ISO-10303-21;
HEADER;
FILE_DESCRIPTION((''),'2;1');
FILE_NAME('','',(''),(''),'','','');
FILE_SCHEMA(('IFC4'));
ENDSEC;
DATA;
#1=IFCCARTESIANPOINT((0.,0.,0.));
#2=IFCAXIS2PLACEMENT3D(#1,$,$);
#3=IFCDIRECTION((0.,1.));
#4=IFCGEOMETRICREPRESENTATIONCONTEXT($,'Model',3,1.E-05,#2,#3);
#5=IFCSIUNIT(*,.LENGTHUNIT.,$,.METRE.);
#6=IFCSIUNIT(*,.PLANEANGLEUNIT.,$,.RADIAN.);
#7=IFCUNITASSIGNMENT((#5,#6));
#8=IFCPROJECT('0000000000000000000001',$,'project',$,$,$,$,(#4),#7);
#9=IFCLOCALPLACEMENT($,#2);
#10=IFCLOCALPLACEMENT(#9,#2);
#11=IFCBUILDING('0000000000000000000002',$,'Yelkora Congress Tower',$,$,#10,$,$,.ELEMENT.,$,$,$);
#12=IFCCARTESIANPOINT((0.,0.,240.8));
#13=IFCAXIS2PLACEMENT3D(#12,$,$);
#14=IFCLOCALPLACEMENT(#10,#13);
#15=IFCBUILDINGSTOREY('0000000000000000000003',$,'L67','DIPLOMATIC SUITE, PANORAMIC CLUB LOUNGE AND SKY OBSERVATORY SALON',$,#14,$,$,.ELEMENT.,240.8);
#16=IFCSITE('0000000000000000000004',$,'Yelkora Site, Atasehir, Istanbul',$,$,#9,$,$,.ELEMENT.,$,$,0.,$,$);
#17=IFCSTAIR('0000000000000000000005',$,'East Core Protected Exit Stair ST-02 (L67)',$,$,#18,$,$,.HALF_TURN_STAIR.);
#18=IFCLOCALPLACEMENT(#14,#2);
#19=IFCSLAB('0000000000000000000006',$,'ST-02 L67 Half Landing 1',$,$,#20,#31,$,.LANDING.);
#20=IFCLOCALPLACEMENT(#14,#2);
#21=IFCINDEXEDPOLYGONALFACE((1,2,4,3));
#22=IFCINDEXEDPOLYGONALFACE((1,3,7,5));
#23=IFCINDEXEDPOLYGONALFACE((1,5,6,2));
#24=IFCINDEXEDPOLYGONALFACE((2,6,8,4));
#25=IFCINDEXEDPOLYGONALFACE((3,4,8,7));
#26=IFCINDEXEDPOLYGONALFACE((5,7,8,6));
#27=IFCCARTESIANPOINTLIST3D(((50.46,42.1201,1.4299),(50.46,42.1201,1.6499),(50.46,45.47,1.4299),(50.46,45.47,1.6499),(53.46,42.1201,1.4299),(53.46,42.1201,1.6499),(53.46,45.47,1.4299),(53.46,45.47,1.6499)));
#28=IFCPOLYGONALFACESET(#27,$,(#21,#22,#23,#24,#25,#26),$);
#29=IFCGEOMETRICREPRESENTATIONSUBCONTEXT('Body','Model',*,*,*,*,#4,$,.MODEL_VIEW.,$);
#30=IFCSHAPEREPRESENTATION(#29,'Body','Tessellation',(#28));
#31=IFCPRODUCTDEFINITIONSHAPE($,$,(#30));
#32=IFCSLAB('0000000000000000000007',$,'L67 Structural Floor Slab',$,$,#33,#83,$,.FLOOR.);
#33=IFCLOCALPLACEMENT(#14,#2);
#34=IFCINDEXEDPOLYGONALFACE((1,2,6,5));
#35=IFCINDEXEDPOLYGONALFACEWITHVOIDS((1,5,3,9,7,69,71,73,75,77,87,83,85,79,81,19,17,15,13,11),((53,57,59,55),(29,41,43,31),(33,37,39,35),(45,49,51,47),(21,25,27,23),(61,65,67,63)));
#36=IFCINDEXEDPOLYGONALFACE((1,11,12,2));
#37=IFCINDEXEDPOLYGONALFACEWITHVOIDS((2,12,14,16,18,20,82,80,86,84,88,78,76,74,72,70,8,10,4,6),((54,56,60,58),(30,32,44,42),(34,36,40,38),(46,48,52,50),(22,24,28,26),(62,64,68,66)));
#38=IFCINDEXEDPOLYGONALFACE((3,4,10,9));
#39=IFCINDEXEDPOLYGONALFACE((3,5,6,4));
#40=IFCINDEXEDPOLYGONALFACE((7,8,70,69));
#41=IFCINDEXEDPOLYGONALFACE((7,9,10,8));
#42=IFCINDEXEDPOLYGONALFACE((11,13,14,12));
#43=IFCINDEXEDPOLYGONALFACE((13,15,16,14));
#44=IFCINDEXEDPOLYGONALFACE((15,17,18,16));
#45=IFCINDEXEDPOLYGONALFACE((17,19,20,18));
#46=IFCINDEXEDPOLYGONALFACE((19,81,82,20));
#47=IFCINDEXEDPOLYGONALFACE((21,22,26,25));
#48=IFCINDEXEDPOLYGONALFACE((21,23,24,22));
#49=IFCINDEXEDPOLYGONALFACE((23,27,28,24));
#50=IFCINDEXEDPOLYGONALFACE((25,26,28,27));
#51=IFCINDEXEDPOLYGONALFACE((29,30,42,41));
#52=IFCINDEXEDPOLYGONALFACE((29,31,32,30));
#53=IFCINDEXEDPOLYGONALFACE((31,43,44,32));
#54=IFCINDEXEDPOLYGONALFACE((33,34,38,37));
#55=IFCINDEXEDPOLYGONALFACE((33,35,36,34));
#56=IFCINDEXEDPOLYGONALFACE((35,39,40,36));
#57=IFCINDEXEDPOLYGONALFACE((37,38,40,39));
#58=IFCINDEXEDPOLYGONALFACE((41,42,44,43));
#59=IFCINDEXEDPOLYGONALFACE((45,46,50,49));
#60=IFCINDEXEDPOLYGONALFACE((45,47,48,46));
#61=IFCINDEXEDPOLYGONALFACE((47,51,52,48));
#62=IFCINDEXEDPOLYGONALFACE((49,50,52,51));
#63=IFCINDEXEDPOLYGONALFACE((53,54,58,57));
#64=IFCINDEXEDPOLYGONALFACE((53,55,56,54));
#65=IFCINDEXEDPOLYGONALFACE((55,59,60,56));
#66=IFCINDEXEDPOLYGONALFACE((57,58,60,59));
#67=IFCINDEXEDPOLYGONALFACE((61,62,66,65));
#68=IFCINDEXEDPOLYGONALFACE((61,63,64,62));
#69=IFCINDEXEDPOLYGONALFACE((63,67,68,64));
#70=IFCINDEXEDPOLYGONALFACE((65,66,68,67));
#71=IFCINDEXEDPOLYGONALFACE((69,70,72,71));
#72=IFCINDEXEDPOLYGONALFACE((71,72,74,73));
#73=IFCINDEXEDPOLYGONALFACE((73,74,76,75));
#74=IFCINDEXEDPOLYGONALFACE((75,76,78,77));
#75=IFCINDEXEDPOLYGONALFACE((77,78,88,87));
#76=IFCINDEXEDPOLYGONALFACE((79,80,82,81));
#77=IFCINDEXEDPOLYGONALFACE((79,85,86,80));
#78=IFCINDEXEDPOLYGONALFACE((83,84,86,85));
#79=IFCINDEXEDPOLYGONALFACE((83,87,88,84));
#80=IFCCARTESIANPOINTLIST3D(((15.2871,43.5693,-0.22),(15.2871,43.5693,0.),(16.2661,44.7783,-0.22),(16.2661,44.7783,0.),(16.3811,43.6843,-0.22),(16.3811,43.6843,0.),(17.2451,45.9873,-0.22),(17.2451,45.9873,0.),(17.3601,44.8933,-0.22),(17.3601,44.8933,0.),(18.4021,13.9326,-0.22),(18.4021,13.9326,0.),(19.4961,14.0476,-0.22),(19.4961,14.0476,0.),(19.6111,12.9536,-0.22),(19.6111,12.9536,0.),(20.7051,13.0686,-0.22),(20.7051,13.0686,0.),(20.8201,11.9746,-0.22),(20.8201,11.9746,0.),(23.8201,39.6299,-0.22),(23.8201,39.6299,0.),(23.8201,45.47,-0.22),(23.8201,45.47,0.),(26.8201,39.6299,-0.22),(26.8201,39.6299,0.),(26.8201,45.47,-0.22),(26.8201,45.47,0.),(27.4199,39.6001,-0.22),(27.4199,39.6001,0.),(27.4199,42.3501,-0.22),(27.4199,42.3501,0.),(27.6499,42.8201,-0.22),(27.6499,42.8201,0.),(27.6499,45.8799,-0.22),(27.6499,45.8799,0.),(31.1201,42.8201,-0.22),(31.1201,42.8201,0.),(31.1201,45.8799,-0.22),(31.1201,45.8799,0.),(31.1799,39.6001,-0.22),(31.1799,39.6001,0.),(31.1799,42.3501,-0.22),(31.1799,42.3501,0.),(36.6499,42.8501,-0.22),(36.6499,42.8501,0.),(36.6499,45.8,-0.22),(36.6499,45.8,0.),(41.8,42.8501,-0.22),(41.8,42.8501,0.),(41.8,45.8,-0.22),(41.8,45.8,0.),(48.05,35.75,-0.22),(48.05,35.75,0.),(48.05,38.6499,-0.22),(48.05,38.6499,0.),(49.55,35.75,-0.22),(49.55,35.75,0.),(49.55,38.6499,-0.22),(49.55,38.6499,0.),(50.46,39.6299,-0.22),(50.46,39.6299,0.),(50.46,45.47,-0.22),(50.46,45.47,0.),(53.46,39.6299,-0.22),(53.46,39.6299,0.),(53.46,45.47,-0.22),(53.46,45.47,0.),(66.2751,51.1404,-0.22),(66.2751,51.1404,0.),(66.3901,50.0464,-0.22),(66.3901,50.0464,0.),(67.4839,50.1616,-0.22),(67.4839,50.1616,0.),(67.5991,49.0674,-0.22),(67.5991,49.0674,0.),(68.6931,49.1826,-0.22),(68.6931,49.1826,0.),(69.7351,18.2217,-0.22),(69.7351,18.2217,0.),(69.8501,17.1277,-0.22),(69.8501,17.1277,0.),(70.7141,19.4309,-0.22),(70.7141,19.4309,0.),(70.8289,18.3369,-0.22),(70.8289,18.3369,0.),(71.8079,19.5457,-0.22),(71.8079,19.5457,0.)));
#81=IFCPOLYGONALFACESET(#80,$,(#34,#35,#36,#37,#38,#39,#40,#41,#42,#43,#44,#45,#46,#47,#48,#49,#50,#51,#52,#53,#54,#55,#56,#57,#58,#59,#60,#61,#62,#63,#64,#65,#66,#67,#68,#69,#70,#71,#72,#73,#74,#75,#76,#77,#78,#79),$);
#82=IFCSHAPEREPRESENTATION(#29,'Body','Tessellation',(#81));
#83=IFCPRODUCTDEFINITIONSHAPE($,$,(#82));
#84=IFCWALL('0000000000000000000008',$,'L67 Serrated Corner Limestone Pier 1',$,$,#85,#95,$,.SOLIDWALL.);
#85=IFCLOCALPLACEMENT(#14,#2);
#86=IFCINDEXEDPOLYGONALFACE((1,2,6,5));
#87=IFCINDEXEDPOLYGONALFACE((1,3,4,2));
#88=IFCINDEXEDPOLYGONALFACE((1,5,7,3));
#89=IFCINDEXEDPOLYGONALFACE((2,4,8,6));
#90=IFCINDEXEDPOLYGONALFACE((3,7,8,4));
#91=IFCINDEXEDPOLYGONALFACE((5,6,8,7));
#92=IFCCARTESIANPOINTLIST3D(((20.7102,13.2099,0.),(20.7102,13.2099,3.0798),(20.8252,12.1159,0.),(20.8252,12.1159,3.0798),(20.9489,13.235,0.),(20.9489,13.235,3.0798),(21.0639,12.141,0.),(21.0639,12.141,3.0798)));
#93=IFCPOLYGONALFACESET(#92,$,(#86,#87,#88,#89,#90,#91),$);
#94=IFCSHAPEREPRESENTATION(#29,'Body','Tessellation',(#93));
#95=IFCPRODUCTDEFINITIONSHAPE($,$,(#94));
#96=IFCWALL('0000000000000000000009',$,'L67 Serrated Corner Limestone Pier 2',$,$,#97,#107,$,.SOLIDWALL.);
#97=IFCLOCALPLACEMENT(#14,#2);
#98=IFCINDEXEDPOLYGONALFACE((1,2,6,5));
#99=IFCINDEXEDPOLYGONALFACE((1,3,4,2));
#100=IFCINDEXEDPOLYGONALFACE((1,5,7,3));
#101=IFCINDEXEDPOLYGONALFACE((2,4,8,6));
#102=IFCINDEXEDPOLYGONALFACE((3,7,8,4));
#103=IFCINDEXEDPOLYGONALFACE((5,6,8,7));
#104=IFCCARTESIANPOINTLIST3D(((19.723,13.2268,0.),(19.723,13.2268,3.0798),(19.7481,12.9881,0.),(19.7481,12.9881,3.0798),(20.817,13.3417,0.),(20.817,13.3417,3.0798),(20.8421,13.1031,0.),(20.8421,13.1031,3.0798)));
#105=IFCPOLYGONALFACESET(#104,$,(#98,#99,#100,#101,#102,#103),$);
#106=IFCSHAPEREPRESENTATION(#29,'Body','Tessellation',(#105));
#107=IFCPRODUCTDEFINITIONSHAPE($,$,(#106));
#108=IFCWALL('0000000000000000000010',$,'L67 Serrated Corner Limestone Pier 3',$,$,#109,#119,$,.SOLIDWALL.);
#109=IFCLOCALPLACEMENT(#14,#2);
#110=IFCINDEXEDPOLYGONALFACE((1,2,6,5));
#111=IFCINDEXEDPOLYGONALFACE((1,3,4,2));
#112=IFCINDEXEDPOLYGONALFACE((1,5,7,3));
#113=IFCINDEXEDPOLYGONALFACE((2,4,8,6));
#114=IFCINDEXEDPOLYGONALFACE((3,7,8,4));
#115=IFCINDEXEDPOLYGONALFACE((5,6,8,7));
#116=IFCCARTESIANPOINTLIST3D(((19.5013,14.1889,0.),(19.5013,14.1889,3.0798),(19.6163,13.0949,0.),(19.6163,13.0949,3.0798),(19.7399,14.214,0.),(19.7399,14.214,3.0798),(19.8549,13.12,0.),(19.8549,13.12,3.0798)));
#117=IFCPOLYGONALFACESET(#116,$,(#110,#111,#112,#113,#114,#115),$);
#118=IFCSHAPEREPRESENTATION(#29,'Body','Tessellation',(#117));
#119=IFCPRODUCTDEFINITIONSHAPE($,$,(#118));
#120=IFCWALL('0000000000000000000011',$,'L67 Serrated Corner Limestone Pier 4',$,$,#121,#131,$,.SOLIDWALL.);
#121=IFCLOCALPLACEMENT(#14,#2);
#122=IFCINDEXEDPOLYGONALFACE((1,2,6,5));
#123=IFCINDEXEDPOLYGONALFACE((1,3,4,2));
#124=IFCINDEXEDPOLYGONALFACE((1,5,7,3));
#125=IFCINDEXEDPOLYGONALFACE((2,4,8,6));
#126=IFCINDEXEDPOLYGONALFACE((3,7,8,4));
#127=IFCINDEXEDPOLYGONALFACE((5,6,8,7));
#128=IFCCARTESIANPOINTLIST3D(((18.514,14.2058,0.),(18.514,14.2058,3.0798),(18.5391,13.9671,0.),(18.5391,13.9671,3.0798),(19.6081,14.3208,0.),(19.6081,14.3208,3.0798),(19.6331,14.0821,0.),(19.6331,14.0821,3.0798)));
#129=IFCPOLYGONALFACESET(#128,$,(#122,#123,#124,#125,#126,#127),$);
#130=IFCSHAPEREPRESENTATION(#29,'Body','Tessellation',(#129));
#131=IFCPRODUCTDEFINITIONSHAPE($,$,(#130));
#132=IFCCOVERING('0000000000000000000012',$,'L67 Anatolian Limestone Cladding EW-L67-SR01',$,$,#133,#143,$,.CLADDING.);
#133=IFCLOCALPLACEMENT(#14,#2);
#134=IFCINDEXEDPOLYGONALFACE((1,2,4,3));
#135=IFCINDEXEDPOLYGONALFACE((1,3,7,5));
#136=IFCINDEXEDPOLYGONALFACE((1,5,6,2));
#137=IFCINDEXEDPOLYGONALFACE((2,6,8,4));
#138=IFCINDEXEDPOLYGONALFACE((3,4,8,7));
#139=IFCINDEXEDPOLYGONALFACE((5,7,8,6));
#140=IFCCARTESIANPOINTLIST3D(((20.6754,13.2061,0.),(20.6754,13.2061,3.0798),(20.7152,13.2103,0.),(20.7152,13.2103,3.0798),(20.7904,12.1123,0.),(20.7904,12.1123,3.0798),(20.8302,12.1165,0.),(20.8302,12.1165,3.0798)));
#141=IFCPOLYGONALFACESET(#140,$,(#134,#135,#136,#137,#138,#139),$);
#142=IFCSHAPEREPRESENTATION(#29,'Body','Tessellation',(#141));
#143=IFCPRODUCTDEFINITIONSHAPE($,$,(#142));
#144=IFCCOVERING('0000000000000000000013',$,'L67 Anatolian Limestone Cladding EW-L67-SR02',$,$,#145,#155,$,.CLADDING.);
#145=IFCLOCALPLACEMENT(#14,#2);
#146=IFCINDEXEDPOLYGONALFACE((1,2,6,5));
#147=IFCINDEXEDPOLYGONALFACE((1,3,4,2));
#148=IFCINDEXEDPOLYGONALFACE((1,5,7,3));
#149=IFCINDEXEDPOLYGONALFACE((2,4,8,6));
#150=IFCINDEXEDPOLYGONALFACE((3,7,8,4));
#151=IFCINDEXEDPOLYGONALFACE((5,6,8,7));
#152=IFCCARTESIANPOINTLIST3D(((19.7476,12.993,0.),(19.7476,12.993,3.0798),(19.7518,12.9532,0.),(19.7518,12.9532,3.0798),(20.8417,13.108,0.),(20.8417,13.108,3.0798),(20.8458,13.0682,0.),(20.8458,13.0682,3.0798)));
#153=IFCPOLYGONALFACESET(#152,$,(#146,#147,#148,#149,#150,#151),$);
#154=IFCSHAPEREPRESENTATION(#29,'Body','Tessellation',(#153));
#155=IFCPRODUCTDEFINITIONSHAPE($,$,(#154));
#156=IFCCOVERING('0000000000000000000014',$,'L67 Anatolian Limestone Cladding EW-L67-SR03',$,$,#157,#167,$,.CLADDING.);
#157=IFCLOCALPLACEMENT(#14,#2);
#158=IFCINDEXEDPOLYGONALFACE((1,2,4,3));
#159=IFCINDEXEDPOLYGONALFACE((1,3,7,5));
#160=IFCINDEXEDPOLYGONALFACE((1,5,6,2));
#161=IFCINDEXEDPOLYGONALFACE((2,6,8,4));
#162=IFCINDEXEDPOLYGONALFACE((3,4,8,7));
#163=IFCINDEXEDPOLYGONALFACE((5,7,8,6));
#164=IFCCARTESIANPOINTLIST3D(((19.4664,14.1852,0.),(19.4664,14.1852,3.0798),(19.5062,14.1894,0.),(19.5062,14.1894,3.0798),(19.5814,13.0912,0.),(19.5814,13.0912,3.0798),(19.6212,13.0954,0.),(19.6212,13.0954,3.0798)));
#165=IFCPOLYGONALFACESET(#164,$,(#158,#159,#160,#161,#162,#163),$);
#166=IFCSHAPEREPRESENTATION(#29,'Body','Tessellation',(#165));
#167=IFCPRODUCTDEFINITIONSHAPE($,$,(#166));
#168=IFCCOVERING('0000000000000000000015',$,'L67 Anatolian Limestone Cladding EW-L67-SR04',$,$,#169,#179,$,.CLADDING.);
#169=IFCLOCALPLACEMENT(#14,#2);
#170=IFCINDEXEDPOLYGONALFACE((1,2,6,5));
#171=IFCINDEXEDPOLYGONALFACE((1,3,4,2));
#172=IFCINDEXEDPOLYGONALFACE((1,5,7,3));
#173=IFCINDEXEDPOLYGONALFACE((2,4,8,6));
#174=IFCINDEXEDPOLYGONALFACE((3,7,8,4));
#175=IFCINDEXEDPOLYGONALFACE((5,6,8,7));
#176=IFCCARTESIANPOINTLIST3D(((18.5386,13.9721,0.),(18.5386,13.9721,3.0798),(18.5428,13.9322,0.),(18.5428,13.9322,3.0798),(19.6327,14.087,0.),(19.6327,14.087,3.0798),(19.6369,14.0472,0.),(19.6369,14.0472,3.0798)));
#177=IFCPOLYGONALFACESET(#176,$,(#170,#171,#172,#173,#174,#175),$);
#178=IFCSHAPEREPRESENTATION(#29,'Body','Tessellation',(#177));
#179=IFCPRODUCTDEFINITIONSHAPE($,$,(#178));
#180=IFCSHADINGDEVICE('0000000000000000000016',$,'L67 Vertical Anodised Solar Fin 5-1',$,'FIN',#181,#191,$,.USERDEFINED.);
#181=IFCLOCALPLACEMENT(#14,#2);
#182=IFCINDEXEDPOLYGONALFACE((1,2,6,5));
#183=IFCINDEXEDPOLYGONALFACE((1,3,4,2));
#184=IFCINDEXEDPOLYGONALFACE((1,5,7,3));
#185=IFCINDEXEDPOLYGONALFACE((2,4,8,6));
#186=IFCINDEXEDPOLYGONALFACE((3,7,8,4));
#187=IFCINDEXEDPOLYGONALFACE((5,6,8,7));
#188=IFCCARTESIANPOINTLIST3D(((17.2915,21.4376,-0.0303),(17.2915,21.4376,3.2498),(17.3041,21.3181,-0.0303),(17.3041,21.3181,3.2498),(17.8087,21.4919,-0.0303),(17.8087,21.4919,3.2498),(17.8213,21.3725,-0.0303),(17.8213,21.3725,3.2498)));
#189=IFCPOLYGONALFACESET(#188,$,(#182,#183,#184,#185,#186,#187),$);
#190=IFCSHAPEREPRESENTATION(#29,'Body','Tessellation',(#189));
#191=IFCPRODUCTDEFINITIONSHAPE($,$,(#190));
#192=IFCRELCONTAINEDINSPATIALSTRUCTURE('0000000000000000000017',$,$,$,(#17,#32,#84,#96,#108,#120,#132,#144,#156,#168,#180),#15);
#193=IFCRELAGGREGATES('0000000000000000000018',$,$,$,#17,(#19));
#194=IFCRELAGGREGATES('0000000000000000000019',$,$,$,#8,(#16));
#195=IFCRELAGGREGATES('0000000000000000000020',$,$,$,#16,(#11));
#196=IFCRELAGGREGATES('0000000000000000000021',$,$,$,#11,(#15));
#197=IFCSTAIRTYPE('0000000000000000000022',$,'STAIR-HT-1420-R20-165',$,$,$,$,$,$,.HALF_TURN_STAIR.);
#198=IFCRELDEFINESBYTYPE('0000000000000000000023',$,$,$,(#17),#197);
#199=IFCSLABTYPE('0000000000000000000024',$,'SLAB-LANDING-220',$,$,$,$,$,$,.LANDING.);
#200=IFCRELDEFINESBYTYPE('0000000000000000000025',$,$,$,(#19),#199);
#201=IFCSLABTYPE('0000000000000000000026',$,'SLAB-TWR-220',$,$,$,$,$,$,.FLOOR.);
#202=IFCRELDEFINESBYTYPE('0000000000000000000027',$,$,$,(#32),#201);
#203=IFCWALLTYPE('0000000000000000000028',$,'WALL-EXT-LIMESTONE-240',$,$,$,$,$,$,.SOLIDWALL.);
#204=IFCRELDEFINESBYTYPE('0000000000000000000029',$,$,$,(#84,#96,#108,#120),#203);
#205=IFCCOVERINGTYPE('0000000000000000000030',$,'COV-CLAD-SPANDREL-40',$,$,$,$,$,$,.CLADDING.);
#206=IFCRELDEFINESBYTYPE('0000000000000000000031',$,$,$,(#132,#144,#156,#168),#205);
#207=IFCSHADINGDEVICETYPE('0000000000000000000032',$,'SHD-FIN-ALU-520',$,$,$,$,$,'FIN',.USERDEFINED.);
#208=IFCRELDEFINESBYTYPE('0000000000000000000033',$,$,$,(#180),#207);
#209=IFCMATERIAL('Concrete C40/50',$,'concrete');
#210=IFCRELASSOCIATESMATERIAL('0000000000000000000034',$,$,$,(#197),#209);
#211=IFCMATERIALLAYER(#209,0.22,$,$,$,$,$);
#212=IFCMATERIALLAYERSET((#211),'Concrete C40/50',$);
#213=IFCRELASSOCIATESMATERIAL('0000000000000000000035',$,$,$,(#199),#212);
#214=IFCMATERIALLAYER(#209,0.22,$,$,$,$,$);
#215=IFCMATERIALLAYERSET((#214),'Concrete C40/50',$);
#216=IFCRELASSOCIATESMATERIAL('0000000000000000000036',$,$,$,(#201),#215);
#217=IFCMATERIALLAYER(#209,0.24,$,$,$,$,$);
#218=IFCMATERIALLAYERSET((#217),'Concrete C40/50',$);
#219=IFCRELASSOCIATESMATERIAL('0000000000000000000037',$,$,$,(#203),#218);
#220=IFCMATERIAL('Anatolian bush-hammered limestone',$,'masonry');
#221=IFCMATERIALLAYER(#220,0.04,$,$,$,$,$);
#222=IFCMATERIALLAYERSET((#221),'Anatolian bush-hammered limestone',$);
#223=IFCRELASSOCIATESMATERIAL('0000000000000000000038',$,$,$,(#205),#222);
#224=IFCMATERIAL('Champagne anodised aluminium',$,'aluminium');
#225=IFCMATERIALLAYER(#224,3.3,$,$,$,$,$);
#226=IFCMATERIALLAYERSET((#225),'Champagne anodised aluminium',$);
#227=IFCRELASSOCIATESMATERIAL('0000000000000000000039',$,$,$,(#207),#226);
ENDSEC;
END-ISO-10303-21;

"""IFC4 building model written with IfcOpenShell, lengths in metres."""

from ifc_helpers import new_model, si_unit, direction, frame, frame_2d, origin, origin_2d, place, context, subcontext, project, spatial, polyline, rectangle, outline, extrude, material, layer, layer_set, type_object, element, aggregate, save


model = new_model("IFC4")

# Units and contexts
model_context = context("Model", 3, precision=1e-05, world=origin(), true_north=direction((0.0, 1.0)))
body_context = subcontext(model_context, "Body", "Model", "MODEL_VIEW")
ifc_project = project(units=[si_unit("LENGTHUNIT", "METRE"), si_unit("PLANEANGLEUNIT", "RADIAN")], contexts=[model_context])

# Site, building, storey
site_placement = place(None, origin())
site = spatial("IfcSite", under=ifc_project, at=site_placement, Name="Yelkora Site, Atasehir, Istanbul", CompositionType="ELEMENT", RefElevation=0.0)
building_placement = place(site_placement, origin())
building = spatial("IfcBuilding", under=site, at=building_placement, Name="Yelkora Congress Tower", CompositionType="ELEMENT")
storey_placement = place(building_placement, frame((0.0, 0.0, 240.8)))
storey = spatial("IfcBuildingStorey", under=building, at=storey_placement, Name="L67", Description="DIPLOMATIC SUITE, PANORAMIC CLUB LOUNGE AND SKY OBSERVATORY SALON", CompositionType="ELEMENT", Elevation=240.8)

# Stair, slab
ifc_material_1 = material(Name="Concrete C40/50", Category="concrete")
stair_type = type_object("IfcStairType", Name="STAIR-HT-1420-R20-165", PredefinedType="HALF_TURN_STAIR", material=ifc_material_1)
ifc_layer_1 = layer(ifc_material_1, 0.22)
ifc_layer_set_1 = layer_set([ifc_layer_1], Name="Concrete C40/50")
slab_type_1 = type_object("IfcSlabType", Name="SLAB-LANDING-220", PredefinedType="LANDING", material=ifc_layer_set_1)
stair_1_placement = place(storey_placement, origin())
stair_1 = element("IfcStair", 1, at=stair_1_placement, inside=storey, type_object=stair_type, Name="East Core Protected Exit Stair ST-02 (L67)", PredefinedType="HALF_TURN_STAIR")
slab_1_placement = place(storey_placement, frame((0.0, 0.0, 1.4299)))
slab_1 = element("IfcSlab", 2, at=slab_1_placement, type_object=slab_type_1, Name="ST-02 L67 Half Landing 1", PredefinedType="LANDING", context=body_context, shape_type="SweptSolid", body=[
    extrude(outline(polyline([(53.46, 42.1201), (53.46, 45.47), (50.46, 45.47), (50.46, 42.1201), (53.46, 42.1201)])), origin(), (0.0, 0.0, 1.0), 0.22),
])
aggregate(stair_1, [slab_1])

# Slab
ifc_layer_2 = layer(ifc_material_1, 0.22)
ifc_layer_set_2 = layer_set([ifc_layer_2], Name="Concrete C40/50")
slab_type_2 = type_object("IfcSlabType", Name="SLAB-TWR-220", PredefinedType="FLOOR", material=ifc_layer_set_2)
slab_2_placement = place(storey_placement, frame((0.0, 0.0, -0.22)))
element("IfcSlab", 3, at=slab_2_placement, inside=storey, type_object=slab_type_2, Name="L67 Structural Floor Slab", PredefinedType="FLOOR", context=body_context, shape_type="SweptSolid", body=[
    extrude(outline(polyline([(20.8201, 11.9746), (69.8501, 17.1277), (69.7351, 18.2217), (70.8289, 18.3369), (70.7141, 19.4309), (71.8079, 19.5457), (68.6931, 49.1826), (67.5991, 49.0674), (67.4839, 50.1616), (66.3901, 50.0464), (66.2751, 51.1404), (17.2451, 45.9873), (17.3601, 44.8933), (16.2661, 44.7783), (16.3811, 43.6843), (15.2871, 43.5693), (18.4021, 13.9326), (19.4961, 14.0476), (19.6111, 12.9536), (20.7051, 13.0686), (20.8201, 11.9746)]), holes=[polyline([(23.8201, 39.6299), (26.8201, 39.6299), (26.8201, 45.47), (23.8201, 45.47), (23.8201, 39.6299)]), polyline([(50.46, 39.6299), (53.46, 39.6299), (53.46, 45.47), (50.46, 45.47), (50.46, 39.6299)]), polyline([(48.05, 35.75), (49.55, 35.75), (49.55, 38.6499), (48.05, 38.6499), (48.05, 35.75)]), polyline([(36.6499, 42.8501), (41.8, 42.8501), (41.8, 45.8), (36.6499, 45.8), (36.6499, 42.8501)]), polyline([(27.4199, 39.6001), (31.1799, 39.6001), (31.1799, 42.3501), (27.4199, 42.3501), (27.4199, 39.6001)]), polyline([(27.6499, 42.8201), (31.1201, 42.8201), (31.1201, 45.8799), (27.6499, 45.8799), (27.6499, 42.8201)])]), origin(), (0.0, 0.0, 1.0), 0.22),
])

# Walls
ifc_layer_3 = layer(ifc_material_1, 0.24)
ifc_layer_set_3 = layer_set([ifc_layer_3], Name="Concrete C40/50")
wall_type = type_object("IfcWallType", Name="WALL-EXT-LIMESTONE-240", PredefinedType="SOLIDWALL", material=ifc_layer_set_3)
for number, where, z_axis, x_axis, name in (
    (4, (20.9446, 12.1284, 0.0), (0.0, 0.0, 1.0), (-0.104535, 0.994521, 0.0), "L67 Serrated Corner Limestone Pier 1"),
    (5, (20.8296, 13.2224, 0.0), (0.0, 0.0, 1.0), (-0.994521, -0.104535, 0.0), "L67 Serrated Corner Limestone Pier 2"),
    (6, (19.7356, 13.1074, 0.0), (0.0, 0.0, 1.0), (-0.104535, 0.994521, 0.0), "L67 Serrated Corner Limestone Pier 3"),
    (7, (19.6206, 14.2014, 0.0), (0.0, 0.0, 1.0), (-0.994521, -0.104535, 0.0), "L67 Serrated Corner Limestone Pier 4"),
):
    element("IfcWall", number, at=place(storey_placement, frame(where, z_axis=z_axis, x_axis=x_axis)), inside=storey, type_object=wall_type, Name=name, PredefinedType="SOLIDWALL", context=body_context, shape_type="SweptSolid", body=[
        extrude(rectangle(XDim=1.1001, YDim=0.24, at=frame_2d((0.55, 0.0))), origin(), (0.0, 0.0, 1.0), 3.0798),
    ])

# Coverings
ifc_material_2 = material(Name="Anatolian bush-hammered limestone", Category="masonry")
ifc_layer_4 = layer(ifc_material_2, 0.04)
ifc_layer_set_4 = layer_set([ifc_layer_4], Name="Anatolian bush-hammered limestone")
covering_type = type_object("IfcCoveringType", Name="COV-CLAD-SPANDREL-40", PredefinedType="CLADDING", material=ifc_layer_set_4)
covering_placement = place(storey_placement, frame((20.8103, 12.1145, 0.0), z_axis=(0.0, 0.0, 1.0), x_axis=(-0.104558, 0.994519, 0.0)))
element("IfcCovering", 8, at=covering_placement, inside=storey, type_object=covering_type, Name="L67 Anatolian Limestone Cladding EW-L67-SR01", PredefinedType="CLADDING", context=body_context, shape_type="SweptSolid", body=[
    extrude(rectangle(XDim=1.0999, YDim=0.04, at=frame_2d((0.5498, 0.0))), origin(), (0.0, 0.0, 1.0), 3.0798),
])
for number, where, z_axis, x_axis, name in (
    (9, (20.8438, 13.0881, 0.0), (0.0, 0.0, 1.0), (-0.994521, -0.104535, 0.0), "L67 Anatolian Limestone Cladding EW-L67-SR02"),
    (10, (19.6013, 13.0933, 0.0), (0.0, 0.0, 1.0), (-0.104535, 0.994521, 0.0), "L67 Anatolian Limestone Cladding EW-L67-SR03"),
    (11, (19.6348, 14.0671, 0.0), (0.0, 0.0, 1.0), (-0.994521, -0.104535, 0.0), "L67 Anatolian Limestone Cladding EW-L67-SR04"),
):
    element("IfcCovering", number, at=place(storey_placement, frame(where, z_axis=z_axis, x_axis=x_axis)), inside=storey, type_object=covering_type, Name=name, PredefinedType="CLADDING", context=body_context, shape_type="SweptSolid", body=[
        extrude(rectangle(XDim=1.1001, YDim=0.04, at=frame_2d((0.55, 0.0))), origin(), (0.0, 0.0, 1.0), 3.0798),
    ])

# Shading device
ifc_material_3 = material(Name="Champagne anodised aluminium", Category="aluminium")
ifc_layer_5 = layer(ifc_material_3, 3.3)
ifc_layer_set_5 = layer_set([ifc_layer_5], Name="Champagne anodised aluminium")
shading_device_type = type_object("IfcShadingDeviceType", Name="SHD-FIN-ALU-520", ElementType="FIN", PredefinedType="USERDEFINED", material=ifc_layer_set_5)
shading_device_placement = place(storey_placement, frame((17.5564, 21.405, -0.0303), z_axis=(0.0, 0.0, 1.0), x_axis=(-0.104528, 0.994522, 0.0)))
element("IfcShadingDevice", 12, at=shading_device_placement, inside=storey, type_object=shading_device_type, Name="L67 Vertical Anodised Solar Fin 5-1", ObjectType="FIN", PredefinedType="USERDEFINED", context=body_context, shape_type="SweptSolid", body=[
    extrude(rectangle(XDim=0.1201, YDim=0.52, at=origin_2d()), origin(), (0.0, 0.0, 1.0), 3.28),
])

save(model, "model.ifc")
